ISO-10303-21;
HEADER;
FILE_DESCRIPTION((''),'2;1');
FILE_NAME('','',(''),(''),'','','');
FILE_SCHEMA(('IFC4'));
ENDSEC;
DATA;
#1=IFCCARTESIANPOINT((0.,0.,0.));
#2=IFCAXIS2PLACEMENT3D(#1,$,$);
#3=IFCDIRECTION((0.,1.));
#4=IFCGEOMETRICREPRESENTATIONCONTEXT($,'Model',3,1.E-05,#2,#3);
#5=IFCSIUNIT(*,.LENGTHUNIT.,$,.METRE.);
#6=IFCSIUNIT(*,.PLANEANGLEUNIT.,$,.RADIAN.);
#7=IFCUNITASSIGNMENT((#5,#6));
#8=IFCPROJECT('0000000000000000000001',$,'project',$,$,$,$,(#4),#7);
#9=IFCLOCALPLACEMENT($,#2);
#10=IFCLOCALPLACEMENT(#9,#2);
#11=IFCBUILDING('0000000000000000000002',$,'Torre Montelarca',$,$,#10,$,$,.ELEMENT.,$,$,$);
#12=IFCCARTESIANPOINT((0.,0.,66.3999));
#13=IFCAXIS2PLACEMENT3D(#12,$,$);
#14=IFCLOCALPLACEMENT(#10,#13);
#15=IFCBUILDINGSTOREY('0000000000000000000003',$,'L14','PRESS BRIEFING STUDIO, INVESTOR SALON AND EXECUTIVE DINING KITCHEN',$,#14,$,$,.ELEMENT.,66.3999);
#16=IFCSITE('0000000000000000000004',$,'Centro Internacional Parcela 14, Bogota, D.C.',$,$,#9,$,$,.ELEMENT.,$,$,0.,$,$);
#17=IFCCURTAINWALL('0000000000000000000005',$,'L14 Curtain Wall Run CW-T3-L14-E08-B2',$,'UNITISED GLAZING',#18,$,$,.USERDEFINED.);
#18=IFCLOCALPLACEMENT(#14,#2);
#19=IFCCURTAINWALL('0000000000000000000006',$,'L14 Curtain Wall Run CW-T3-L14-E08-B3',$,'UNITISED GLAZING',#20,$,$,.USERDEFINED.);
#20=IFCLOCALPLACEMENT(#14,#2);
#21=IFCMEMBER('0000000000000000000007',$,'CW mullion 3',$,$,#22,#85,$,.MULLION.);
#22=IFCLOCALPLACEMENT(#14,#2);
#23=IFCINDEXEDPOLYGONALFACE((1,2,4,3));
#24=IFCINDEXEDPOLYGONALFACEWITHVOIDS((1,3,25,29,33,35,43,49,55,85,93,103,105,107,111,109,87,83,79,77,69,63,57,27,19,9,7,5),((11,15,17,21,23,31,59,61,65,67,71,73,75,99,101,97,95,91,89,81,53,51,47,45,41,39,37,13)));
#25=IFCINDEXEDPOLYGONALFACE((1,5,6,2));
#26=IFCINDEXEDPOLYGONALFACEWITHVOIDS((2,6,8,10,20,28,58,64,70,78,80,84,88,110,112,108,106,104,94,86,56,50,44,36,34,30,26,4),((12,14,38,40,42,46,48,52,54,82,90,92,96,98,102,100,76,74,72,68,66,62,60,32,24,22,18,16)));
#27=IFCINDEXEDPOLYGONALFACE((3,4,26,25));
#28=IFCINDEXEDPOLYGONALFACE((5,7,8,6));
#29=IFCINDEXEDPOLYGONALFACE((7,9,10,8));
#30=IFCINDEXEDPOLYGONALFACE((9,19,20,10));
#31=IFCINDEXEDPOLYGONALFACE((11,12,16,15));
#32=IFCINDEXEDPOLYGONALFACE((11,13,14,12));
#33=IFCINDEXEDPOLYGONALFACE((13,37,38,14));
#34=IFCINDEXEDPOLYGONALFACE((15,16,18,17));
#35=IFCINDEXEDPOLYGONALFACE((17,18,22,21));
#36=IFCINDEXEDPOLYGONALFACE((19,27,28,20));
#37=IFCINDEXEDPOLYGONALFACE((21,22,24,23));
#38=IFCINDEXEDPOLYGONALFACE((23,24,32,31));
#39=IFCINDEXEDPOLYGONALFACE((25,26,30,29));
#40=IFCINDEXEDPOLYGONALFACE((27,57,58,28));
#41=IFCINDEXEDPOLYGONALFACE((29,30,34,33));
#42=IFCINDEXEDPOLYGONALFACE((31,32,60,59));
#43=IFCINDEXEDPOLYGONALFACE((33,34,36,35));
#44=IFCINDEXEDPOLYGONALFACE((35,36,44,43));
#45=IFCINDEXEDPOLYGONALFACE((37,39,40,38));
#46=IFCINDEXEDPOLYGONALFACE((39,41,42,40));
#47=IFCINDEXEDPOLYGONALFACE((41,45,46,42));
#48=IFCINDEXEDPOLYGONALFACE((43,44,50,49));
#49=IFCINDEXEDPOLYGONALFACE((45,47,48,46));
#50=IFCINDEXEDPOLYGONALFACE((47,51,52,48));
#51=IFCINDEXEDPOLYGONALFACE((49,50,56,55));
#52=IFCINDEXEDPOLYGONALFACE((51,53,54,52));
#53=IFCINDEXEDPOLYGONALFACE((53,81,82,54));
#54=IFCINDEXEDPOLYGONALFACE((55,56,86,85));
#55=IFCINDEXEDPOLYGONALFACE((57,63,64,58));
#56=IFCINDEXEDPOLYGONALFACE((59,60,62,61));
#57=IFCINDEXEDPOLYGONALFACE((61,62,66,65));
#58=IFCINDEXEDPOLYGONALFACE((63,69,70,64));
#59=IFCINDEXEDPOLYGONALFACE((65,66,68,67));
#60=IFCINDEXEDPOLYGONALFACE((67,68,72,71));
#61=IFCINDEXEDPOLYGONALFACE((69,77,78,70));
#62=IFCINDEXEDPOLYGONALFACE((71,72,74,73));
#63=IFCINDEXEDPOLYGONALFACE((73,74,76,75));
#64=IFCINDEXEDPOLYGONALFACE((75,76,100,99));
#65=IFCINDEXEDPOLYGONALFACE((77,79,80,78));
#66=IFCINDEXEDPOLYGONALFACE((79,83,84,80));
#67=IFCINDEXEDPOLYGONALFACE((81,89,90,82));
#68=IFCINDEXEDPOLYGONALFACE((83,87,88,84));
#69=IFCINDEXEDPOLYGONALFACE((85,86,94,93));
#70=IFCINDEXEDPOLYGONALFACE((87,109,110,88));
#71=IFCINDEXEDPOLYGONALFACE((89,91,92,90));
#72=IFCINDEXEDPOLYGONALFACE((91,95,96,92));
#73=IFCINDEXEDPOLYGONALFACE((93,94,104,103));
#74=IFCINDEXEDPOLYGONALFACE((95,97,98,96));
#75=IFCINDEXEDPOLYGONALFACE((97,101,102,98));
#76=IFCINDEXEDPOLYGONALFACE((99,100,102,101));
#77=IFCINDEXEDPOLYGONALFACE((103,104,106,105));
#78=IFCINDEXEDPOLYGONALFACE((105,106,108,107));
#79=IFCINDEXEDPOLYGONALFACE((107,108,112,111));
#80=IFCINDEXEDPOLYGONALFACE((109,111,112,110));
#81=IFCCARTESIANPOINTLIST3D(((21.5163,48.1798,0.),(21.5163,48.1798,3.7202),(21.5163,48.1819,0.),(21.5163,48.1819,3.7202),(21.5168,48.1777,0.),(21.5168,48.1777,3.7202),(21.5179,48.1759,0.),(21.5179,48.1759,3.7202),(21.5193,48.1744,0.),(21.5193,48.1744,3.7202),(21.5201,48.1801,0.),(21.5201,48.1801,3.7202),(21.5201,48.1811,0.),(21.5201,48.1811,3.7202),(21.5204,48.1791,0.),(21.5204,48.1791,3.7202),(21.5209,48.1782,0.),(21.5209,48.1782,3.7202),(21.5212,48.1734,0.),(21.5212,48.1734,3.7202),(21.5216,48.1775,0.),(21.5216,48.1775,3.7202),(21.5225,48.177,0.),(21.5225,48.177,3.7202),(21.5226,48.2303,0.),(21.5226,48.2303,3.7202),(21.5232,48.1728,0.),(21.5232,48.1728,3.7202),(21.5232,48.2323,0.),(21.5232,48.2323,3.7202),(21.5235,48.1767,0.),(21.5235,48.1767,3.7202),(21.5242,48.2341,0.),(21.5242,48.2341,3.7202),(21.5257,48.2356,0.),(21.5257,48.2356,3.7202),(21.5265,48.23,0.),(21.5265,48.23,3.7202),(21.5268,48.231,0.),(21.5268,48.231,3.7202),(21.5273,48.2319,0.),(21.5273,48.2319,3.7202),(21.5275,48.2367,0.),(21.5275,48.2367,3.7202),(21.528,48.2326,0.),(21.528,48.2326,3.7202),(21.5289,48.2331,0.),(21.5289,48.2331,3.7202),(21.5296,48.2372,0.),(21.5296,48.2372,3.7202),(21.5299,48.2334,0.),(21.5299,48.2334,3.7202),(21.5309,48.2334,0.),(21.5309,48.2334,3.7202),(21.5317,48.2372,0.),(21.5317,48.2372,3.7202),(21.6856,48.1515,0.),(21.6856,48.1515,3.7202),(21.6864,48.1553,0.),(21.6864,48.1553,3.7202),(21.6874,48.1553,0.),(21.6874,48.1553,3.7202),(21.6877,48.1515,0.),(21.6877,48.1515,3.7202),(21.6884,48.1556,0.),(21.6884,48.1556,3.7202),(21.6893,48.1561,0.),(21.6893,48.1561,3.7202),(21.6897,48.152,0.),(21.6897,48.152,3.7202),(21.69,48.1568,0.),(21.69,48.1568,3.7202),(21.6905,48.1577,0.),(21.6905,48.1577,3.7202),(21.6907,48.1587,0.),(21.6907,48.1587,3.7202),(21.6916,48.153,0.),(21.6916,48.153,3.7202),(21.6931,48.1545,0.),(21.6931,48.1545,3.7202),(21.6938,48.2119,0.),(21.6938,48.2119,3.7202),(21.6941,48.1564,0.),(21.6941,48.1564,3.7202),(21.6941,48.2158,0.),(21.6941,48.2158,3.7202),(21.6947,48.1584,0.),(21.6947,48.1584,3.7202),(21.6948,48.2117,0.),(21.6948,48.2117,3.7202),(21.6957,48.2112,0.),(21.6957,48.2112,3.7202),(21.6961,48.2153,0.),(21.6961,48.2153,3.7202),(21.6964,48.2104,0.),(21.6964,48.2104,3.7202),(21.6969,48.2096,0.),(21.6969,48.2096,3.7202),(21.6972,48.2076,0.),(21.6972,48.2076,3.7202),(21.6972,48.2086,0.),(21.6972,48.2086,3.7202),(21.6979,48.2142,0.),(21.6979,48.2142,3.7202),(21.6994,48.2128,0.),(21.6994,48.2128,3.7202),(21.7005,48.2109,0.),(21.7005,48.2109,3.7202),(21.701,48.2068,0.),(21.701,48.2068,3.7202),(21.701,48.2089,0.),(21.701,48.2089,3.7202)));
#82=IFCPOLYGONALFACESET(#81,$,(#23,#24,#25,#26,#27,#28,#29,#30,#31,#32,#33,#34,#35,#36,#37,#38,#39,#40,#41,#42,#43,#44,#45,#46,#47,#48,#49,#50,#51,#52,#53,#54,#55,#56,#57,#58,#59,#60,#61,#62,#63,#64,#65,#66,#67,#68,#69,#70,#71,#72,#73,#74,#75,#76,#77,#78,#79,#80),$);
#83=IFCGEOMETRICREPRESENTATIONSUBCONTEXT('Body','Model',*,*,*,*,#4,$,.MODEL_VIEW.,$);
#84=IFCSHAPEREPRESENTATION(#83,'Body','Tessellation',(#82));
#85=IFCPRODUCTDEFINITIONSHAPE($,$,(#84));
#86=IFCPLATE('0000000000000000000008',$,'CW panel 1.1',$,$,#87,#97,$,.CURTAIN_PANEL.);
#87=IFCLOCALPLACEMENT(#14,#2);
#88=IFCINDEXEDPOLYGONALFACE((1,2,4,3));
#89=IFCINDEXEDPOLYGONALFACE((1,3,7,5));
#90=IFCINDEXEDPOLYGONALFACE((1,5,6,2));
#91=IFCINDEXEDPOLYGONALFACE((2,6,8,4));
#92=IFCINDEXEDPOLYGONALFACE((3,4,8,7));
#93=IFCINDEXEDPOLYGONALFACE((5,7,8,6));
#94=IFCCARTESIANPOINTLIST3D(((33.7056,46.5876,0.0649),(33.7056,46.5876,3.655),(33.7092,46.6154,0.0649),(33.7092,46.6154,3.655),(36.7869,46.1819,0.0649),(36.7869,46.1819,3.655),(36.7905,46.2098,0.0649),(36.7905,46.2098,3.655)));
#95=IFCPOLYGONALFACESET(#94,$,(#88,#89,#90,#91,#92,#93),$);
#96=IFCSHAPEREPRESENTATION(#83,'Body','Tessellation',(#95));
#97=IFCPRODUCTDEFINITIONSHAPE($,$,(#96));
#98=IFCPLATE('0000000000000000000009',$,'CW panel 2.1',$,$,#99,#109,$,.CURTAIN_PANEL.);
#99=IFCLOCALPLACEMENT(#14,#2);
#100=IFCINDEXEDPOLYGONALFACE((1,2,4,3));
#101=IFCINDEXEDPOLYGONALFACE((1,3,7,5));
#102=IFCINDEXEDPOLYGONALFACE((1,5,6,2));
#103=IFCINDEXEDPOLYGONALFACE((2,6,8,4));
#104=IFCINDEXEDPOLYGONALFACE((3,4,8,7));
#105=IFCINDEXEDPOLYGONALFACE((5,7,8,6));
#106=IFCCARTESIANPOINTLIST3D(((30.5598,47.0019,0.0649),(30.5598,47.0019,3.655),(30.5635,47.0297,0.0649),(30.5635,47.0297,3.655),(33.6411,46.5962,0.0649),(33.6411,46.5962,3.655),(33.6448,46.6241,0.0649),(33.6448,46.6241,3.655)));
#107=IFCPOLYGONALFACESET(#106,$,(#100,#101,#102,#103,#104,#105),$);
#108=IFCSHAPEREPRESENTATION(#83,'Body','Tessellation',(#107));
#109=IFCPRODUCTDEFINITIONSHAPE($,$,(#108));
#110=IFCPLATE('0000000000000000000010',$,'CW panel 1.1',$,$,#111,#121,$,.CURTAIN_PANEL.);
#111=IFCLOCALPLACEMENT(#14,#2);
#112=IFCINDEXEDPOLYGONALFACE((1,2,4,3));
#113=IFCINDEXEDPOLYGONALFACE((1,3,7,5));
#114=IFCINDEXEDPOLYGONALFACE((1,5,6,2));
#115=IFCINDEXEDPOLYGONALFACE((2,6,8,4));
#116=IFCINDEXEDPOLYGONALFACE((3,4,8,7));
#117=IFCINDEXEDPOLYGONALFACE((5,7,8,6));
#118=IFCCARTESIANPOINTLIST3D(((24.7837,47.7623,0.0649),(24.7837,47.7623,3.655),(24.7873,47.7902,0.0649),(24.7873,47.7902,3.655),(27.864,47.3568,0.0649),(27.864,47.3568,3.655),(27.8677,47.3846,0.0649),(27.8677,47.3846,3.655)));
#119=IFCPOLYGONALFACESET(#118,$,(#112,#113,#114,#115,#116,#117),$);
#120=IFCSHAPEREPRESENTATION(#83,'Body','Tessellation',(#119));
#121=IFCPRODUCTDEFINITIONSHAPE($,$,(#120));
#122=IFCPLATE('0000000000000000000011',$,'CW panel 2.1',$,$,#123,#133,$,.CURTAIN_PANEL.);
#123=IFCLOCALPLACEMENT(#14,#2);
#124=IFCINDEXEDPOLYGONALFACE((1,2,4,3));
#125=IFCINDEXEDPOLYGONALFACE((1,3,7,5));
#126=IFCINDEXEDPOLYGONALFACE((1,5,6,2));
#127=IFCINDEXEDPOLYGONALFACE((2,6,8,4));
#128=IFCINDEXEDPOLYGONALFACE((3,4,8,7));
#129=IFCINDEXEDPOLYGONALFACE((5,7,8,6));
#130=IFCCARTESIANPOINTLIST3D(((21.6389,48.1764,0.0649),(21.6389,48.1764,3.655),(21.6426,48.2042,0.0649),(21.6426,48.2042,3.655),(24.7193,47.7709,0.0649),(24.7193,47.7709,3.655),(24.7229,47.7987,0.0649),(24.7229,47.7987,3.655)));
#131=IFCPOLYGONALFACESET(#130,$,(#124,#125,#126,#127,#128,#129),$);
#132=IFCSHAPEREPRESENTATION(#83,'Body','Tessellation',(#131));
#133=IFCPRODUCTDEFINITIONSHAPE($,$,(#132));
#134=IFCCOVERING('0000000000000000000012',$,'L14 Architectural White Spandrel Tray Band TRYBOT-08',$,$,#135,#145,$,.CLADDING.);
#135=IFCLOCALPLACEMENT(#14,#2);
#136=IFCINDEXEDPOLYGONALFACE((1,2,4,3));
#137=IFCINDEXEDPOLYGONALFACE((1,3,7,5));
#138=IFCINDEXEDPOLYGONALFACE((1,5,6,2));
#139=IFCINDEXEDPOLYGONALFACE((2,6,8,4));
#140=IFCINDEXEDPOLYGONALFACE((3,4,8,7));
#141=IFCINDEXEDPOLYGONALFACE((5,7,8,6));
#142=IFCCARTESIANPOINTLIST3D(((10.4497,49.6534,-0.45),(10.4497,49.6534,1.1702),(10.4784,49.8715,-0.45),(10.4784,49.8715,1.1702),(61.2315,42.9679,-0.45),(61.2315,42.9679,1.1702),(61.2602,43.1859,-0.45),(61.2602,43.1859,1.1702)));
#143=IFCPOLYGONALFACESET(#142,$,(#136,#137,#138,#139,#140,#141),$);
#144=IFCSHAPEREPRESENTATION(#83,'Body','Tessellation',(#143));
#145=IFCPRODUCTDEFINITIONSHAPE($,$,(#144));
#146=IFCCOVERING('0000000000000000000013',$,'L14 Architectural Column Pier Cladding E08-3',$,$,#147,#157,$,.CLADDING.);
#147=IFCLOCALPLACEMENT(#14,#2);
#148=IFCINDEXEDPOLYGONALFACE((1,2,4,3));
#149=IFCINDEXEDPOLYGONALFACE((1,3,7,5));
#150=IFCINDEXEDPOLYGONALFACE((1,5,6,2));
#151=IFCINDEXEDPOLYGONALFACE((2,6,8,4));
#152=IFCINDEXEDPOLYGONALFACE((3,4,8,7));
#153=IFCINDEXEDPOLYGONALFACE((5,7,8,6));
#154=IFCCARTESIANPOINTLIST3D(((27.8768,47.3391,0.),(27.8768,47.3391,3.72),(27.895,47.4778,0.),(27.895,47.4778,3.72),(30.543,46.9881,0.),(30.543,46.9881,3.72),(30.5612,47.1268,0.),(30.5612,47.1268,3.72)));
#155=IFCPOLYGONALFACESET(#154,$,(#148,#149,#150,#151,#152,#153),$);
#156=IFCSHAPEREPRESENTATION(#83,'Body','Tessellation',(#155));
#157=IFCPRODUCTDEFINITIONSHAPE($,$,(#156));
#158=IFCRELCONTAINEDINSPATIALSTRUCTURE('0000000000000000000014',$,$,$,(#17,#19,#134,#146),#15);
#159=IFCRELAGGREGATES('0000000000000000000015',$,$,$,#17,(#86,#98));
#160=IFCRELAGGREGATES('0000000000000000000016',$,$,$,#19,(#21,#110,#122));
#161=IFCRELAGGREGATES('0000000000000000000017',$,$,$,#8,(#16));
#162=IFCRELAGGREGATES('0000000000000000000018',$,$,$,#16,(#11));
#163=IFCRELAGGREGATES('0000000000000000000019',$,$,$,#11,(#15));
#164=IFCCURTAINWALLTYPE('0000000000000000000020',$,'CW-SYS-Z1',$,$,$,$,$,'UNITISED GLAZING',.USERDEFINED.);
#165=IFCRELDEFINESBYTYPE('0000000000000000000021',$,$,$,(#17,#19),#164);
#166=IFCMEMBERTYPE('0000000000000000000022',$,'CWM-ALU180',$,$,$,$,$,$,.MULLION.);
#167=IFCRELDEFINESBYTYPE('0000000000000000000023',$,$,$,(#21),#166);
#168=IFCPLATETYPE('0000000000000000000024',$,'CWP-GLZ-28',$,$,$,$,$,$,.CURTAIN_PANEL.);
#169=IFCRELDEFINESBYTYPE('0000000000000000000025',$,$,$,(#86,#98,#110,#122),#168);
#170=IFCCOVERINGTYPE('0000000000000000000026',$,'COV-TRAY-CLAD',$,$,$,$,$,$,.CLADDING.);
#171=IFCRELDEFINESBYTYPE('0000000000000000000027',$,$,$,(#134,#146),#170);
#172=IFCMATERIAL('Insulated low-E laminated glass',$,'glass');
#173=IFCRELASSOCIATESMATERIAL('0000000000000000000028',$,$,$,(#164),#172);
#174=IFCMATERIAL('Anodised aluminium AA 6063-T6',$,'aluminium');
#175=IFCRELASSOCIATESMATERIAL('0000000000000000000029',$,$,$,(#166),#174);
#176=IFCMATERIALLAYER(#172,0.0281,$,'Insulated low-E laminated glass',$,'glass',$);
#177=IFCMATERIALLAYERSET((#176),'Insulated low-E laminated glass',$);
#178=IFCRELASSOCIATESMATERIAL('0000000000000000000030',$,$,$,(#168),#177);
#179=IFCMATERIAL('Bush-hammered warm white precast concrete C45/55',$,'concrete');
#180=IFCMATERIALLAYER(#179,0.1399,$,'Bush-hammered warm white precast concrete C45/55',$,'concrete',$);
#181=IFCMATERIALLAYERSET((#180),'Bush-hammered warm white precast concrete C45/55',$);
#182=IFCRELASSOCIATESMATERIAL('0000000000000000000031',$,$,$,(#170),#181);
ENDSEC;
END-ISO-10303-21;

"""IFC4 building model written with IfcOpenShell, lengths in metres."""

from ifc_helpers import new_model, si_unit, direction, frame, origin, origin_2d, place, context, subcontext, project, spatial, rectangle, hollow_rectangle, extrude, source, transform, mapped, material, layer, layer_set, material_profile, profile_set, type_object, element, aggregate, save


model = new_model("IFC4")

# Units and contexts
model_context = context("Model", 3, precision=1e-05, world=origin(), true_north=direction((0.0, 1.0)))
body_context = subcontext(model_context, "Body", "Model", "MODEL_VIEW")
ifc_project = project(units=[si_unit("LENGTHUNIT", "METRE"), si_unit("PLANEANGLEUNIT", "RADIAN")], contexts=[model_context])

# Site, building, storey
site_placement = place(None, origin())
site = spatial("IfcSite", under=ifc_project, at=site_placement, Name="Centro Internacional Parcela 14, Bogota, D.C.", CompositionType="ELEMENT", RefElevation=0.0)
building_placement = place(site_placement, origin())
building = spatial("IfcBuilding", under=site, at=building_placement, Name="Torre Montelarca", CompositionType="ELEMENT")
storey_placement = place(building_placement, frame((0.0, 0.0, 66.3999)))
storey = spatial("IfcBuildingStorey", under=building, at=storey_placement, Name="L14", Description="PRESS BRIEFING STUDIO, INVESTOR SALON AND EXECUTIVE DINING KITCHEN", CompositionType="ELEMENT", Elevation=66.3999)

# Curtain walls
ifc_material_1 = material(Name="Insulated low-E laminated glass", Category="glass")
curtain_wall_type = type_object("IfcCurtainWallType", Name="CW-SYS-Z1", ElementType="UNITISED GLAZING", PredefinedType="USERDEFINED", material=ifc_material_1)
curtain_wall_1_placement = place(storey_placement, origin())
curtain_wall_1 = element("IfcCurtainWall", 1, at=curtain_wall_1_placement, inside=storey, type_object=curtain_wall_type, Name="L14 Curtain Wall Run CW-T3-L14-E08-B2", ObjectType="UNITISED GLAZING", PredefinedType="USERDEFINED")
ifc_material_2 = material(Name="Anodised aluminium AA 6063-T6", Category="aluminium")
curtain_wall_2_placement = place(storey_placement, origin())
curtain_wall_2 = element("IfcCurtainWall", 2, at=curtain_wall_2_placement, inside=storey, type_object=curtain_wall_type, Name="L14 Curtain Wall Run CW-T3-L14-E08-B3", ObjectType="UNITISED GLAZING", PredefinedType="USERDEFINED")

# Member
ifc_material_profile_1 = material_profile(ifc_material_2, hollow_rectangle(XDim=0.0649, YDim=0.1799, WallThickness=0.0039, InnerFilletRadius=0.0039, OuterFilletRadius=0.0081, at=origin_2d()), Name="ALU65X180X4", Category="aluminium")
ifc_profile_set_1 = profile_set([ifc_material_profile_1], Name="Anodised aluminium AA 6063-T6")
member_type_1 = type_object("IfcMemberType", Name="CWM-ALU180", PredefinedType="MULLION", material=ifc_profile_set_1)
shared_shape_1 = source(origin(), body_context, "Body", "SweptSolid", [
    extrude(hollow_rectangle(XDim=0.0649, YDim=0.1799, WallThickness=0.0039, InnerFilletRadius=0.0039, OuterFilletRadius=0.0081, at=origin_2d()), origin(), (0.0, 0.0, 1.0), 3.7202),
])
member_1_placement = place(storey_placement, frame((21.6086, 48.1943, 0.0), z_axis=(0.0, 0.0, 1.0), x_axis=(-0.130525, -0.991445, 0.0)))
member_1 = element("IfcMember", 3, at=member_1_placement, type_object=member_type_1, Name="CW mullion 3", PredefinedType="MULLION", context=body_context, shape_type="MappedRepresentation", body=[
    mapped(shared_shape_1, transform((0.0, 0.0, 0.0), scale=1.0)),
])

# Plates
ifc_layer_1 = layer(ifc_material_1, 0.0281, Name="Insulated low-E laminated glass", Category="glass")
ifc_layer_set_1 = layer_set([ifc_layer_1], Name="Insulated low-E laminated glass")
plate_type = type_object("IfcPlateType", Name="CWP-GLZ-28", PredefinedType="CURTAIN_PANEL", material=ifc_layer_set_1)
shared_shape_2 = source(origin(), body_context, "Body", "SweptSolid", [
    extrude(rectangle(XDim=3.1079, YDim=0.0281, at=origin_2d()), origin(), (0.0, 0.0, 1.0), 3.5901),
])
plate_1_placement = place(storey_placement, frame((35.248, 46.3987, 0.0649), z_axis=(0.0, 0.0, 1.0), x_axis=(-0.991444, 0.130531, 0.0)))
plate_1 = element("IfcPlate", 4, at=plate_1_placement, type_object=plate_type, Name="CW panel 1.1", PredefinedType="CURTAIN_PANEL", context=body_context, shape_type="MappedRepresentation", body=[
    mapped(shared_shape_2, transform((0.0, 0.0, 0.0), scale=1.0)),
])
plate_2_placement = place(storey_placement, frame((32.1023, 46.813, 0.0649), z_axis=(0.0, 0.0, 1.0), x_axis=(-0.991444, 0.130531, 0.0)))
plate_2 = element("IfcPlate", 5, at=plate_2_placement, type_object=plate_type, Name="CW panel 2.1", PredefinedType="CURTAIN_PANEL", context=body_context, shape_type="MappedRepresentation", body=[
    mapped(shared_shape_2, transform((0.0, 0.0, 0.0), scale=1.0)),
])
aggregate(curtain_wall_1, [plate_1, plate_2])
shared_shape_3 = source(origin(), body_context, "Body", "SweptSolid", [
    extrude(rectangle(XDim=3.1069, YDim=0.0281, at=origin_2d()), origin(), (0.0, 0.0, 1.0), 3.5901),
])
plate_3_placement = place(storey_placement, frame((26.3257, 47.5735, 0.0649), z_axis=(0.0, 0.0, 1.0), x_axis=(-0.991445, 0.130525, 0.0)))
plate_3 = element("IfcPlate", 6, at=plate_3_placement, type_object=plate_type, Name="CW panel 1.1", PredefinedType="CURTAIN_PANEL", context=body_context, shape_type="MappedRepresentation", body=[
    mapped(shared_shape_3, transform((0.0, 0.0, 0.0), scale=1.0)),
])
plate_4_placement = place(storey_placement, frame((23.1809, 47.9875, 0.0649), z_axis=(0.0, 0.0, 1.0), x_axis=(-0.991445, 0.130525, 0.0)))
plate_4 = element("IfcPlate", 7, at=plate_4_placement, type_object=plate_type, Name="CW panel 2.1", PredefinedType="CURTAIN_PANEL", context=body_context, shape_type="MappedRepresentation", body=[
    mapped(shared_shape_3, transform((0.0, 0.0, 0.0), scale=1.0)),
])
aggregate(curtain_wall_2, [member_1, plate_3, plate_4])

# Coverings
ifc_material_3 = material(Name="Bush-hammered warm white precast concrete C45/55", Category="concrete")
ifc_layer_2 = layer(ifc_material_3, 0.1399, Name="Bush-hammered warm white precast concrete C45/55", Category="concrete")
ifc_layer_set_2 = layer_set([ifc_layer_2], Name="Bush-hammered warm white precast concrete C45/55")
covering_type = type_object("IfcCoveringType", Name="COV-TRAY-CLAD", PredefinedType="CLADDING", material=ifc_layer_set_2)
shared_shape_4 = source(origin(), body_context, "Body", "SweptSolid", [
    extrude(rectangle(XDim=51.22, YDim=0.22, at=origin_2d()), origin(), (0.0, 0.0, 1.0), 1.6201),
])
covering_1_placement = place(storey_placement, frame((35.855, 46.4197, -0.45), z_axis=(0.0, 0.0, 1.0), x_axis=(-0.991445, 0.130526, 0.0)))
element("IfcCovering", 8, at=covering_1_placement, inside=storey, type_object=covering_type, Name="L14 Architectural White Spandrel Tray Band TRYBOT-08", PredefinedType="CLADDING", context=body_context, shape_type="MappedRepresentation", body=[
    mapped(shared_shape_4, transform((0.0, 0.0, 0.0), scale=1.0)),
])
shared_shape_5 = source(origin(), body_context, "Body", "SweptSolid", [
    extrude(rectangle(XDim=2.6892, YDim=0.1399, at=origin_2d()), origin(), (0.0, 0.0, 1.0), 3.72),
])
covering_2_placement = place(storey_placement, frame((29.219, 47.2329, 0.0), z_axis=(0.0, 0.0, 1.0), x_axis=(-0.991445, 0.130526, 0.0)))
element("IfcCovering", 9, at=covering_2_placement, inside=storey, type_object=covering_type, Name="L14 Architectural Column Pier Cladding E08-3", PredefinedType="CLADDING", context=body_context, shape_type="MappedRepresentation", body=[
    mapped(shared_shape_5, transform((0.0, 0.0, 0.0), scale=1.0)),
])

save(model, "model.ifc")
